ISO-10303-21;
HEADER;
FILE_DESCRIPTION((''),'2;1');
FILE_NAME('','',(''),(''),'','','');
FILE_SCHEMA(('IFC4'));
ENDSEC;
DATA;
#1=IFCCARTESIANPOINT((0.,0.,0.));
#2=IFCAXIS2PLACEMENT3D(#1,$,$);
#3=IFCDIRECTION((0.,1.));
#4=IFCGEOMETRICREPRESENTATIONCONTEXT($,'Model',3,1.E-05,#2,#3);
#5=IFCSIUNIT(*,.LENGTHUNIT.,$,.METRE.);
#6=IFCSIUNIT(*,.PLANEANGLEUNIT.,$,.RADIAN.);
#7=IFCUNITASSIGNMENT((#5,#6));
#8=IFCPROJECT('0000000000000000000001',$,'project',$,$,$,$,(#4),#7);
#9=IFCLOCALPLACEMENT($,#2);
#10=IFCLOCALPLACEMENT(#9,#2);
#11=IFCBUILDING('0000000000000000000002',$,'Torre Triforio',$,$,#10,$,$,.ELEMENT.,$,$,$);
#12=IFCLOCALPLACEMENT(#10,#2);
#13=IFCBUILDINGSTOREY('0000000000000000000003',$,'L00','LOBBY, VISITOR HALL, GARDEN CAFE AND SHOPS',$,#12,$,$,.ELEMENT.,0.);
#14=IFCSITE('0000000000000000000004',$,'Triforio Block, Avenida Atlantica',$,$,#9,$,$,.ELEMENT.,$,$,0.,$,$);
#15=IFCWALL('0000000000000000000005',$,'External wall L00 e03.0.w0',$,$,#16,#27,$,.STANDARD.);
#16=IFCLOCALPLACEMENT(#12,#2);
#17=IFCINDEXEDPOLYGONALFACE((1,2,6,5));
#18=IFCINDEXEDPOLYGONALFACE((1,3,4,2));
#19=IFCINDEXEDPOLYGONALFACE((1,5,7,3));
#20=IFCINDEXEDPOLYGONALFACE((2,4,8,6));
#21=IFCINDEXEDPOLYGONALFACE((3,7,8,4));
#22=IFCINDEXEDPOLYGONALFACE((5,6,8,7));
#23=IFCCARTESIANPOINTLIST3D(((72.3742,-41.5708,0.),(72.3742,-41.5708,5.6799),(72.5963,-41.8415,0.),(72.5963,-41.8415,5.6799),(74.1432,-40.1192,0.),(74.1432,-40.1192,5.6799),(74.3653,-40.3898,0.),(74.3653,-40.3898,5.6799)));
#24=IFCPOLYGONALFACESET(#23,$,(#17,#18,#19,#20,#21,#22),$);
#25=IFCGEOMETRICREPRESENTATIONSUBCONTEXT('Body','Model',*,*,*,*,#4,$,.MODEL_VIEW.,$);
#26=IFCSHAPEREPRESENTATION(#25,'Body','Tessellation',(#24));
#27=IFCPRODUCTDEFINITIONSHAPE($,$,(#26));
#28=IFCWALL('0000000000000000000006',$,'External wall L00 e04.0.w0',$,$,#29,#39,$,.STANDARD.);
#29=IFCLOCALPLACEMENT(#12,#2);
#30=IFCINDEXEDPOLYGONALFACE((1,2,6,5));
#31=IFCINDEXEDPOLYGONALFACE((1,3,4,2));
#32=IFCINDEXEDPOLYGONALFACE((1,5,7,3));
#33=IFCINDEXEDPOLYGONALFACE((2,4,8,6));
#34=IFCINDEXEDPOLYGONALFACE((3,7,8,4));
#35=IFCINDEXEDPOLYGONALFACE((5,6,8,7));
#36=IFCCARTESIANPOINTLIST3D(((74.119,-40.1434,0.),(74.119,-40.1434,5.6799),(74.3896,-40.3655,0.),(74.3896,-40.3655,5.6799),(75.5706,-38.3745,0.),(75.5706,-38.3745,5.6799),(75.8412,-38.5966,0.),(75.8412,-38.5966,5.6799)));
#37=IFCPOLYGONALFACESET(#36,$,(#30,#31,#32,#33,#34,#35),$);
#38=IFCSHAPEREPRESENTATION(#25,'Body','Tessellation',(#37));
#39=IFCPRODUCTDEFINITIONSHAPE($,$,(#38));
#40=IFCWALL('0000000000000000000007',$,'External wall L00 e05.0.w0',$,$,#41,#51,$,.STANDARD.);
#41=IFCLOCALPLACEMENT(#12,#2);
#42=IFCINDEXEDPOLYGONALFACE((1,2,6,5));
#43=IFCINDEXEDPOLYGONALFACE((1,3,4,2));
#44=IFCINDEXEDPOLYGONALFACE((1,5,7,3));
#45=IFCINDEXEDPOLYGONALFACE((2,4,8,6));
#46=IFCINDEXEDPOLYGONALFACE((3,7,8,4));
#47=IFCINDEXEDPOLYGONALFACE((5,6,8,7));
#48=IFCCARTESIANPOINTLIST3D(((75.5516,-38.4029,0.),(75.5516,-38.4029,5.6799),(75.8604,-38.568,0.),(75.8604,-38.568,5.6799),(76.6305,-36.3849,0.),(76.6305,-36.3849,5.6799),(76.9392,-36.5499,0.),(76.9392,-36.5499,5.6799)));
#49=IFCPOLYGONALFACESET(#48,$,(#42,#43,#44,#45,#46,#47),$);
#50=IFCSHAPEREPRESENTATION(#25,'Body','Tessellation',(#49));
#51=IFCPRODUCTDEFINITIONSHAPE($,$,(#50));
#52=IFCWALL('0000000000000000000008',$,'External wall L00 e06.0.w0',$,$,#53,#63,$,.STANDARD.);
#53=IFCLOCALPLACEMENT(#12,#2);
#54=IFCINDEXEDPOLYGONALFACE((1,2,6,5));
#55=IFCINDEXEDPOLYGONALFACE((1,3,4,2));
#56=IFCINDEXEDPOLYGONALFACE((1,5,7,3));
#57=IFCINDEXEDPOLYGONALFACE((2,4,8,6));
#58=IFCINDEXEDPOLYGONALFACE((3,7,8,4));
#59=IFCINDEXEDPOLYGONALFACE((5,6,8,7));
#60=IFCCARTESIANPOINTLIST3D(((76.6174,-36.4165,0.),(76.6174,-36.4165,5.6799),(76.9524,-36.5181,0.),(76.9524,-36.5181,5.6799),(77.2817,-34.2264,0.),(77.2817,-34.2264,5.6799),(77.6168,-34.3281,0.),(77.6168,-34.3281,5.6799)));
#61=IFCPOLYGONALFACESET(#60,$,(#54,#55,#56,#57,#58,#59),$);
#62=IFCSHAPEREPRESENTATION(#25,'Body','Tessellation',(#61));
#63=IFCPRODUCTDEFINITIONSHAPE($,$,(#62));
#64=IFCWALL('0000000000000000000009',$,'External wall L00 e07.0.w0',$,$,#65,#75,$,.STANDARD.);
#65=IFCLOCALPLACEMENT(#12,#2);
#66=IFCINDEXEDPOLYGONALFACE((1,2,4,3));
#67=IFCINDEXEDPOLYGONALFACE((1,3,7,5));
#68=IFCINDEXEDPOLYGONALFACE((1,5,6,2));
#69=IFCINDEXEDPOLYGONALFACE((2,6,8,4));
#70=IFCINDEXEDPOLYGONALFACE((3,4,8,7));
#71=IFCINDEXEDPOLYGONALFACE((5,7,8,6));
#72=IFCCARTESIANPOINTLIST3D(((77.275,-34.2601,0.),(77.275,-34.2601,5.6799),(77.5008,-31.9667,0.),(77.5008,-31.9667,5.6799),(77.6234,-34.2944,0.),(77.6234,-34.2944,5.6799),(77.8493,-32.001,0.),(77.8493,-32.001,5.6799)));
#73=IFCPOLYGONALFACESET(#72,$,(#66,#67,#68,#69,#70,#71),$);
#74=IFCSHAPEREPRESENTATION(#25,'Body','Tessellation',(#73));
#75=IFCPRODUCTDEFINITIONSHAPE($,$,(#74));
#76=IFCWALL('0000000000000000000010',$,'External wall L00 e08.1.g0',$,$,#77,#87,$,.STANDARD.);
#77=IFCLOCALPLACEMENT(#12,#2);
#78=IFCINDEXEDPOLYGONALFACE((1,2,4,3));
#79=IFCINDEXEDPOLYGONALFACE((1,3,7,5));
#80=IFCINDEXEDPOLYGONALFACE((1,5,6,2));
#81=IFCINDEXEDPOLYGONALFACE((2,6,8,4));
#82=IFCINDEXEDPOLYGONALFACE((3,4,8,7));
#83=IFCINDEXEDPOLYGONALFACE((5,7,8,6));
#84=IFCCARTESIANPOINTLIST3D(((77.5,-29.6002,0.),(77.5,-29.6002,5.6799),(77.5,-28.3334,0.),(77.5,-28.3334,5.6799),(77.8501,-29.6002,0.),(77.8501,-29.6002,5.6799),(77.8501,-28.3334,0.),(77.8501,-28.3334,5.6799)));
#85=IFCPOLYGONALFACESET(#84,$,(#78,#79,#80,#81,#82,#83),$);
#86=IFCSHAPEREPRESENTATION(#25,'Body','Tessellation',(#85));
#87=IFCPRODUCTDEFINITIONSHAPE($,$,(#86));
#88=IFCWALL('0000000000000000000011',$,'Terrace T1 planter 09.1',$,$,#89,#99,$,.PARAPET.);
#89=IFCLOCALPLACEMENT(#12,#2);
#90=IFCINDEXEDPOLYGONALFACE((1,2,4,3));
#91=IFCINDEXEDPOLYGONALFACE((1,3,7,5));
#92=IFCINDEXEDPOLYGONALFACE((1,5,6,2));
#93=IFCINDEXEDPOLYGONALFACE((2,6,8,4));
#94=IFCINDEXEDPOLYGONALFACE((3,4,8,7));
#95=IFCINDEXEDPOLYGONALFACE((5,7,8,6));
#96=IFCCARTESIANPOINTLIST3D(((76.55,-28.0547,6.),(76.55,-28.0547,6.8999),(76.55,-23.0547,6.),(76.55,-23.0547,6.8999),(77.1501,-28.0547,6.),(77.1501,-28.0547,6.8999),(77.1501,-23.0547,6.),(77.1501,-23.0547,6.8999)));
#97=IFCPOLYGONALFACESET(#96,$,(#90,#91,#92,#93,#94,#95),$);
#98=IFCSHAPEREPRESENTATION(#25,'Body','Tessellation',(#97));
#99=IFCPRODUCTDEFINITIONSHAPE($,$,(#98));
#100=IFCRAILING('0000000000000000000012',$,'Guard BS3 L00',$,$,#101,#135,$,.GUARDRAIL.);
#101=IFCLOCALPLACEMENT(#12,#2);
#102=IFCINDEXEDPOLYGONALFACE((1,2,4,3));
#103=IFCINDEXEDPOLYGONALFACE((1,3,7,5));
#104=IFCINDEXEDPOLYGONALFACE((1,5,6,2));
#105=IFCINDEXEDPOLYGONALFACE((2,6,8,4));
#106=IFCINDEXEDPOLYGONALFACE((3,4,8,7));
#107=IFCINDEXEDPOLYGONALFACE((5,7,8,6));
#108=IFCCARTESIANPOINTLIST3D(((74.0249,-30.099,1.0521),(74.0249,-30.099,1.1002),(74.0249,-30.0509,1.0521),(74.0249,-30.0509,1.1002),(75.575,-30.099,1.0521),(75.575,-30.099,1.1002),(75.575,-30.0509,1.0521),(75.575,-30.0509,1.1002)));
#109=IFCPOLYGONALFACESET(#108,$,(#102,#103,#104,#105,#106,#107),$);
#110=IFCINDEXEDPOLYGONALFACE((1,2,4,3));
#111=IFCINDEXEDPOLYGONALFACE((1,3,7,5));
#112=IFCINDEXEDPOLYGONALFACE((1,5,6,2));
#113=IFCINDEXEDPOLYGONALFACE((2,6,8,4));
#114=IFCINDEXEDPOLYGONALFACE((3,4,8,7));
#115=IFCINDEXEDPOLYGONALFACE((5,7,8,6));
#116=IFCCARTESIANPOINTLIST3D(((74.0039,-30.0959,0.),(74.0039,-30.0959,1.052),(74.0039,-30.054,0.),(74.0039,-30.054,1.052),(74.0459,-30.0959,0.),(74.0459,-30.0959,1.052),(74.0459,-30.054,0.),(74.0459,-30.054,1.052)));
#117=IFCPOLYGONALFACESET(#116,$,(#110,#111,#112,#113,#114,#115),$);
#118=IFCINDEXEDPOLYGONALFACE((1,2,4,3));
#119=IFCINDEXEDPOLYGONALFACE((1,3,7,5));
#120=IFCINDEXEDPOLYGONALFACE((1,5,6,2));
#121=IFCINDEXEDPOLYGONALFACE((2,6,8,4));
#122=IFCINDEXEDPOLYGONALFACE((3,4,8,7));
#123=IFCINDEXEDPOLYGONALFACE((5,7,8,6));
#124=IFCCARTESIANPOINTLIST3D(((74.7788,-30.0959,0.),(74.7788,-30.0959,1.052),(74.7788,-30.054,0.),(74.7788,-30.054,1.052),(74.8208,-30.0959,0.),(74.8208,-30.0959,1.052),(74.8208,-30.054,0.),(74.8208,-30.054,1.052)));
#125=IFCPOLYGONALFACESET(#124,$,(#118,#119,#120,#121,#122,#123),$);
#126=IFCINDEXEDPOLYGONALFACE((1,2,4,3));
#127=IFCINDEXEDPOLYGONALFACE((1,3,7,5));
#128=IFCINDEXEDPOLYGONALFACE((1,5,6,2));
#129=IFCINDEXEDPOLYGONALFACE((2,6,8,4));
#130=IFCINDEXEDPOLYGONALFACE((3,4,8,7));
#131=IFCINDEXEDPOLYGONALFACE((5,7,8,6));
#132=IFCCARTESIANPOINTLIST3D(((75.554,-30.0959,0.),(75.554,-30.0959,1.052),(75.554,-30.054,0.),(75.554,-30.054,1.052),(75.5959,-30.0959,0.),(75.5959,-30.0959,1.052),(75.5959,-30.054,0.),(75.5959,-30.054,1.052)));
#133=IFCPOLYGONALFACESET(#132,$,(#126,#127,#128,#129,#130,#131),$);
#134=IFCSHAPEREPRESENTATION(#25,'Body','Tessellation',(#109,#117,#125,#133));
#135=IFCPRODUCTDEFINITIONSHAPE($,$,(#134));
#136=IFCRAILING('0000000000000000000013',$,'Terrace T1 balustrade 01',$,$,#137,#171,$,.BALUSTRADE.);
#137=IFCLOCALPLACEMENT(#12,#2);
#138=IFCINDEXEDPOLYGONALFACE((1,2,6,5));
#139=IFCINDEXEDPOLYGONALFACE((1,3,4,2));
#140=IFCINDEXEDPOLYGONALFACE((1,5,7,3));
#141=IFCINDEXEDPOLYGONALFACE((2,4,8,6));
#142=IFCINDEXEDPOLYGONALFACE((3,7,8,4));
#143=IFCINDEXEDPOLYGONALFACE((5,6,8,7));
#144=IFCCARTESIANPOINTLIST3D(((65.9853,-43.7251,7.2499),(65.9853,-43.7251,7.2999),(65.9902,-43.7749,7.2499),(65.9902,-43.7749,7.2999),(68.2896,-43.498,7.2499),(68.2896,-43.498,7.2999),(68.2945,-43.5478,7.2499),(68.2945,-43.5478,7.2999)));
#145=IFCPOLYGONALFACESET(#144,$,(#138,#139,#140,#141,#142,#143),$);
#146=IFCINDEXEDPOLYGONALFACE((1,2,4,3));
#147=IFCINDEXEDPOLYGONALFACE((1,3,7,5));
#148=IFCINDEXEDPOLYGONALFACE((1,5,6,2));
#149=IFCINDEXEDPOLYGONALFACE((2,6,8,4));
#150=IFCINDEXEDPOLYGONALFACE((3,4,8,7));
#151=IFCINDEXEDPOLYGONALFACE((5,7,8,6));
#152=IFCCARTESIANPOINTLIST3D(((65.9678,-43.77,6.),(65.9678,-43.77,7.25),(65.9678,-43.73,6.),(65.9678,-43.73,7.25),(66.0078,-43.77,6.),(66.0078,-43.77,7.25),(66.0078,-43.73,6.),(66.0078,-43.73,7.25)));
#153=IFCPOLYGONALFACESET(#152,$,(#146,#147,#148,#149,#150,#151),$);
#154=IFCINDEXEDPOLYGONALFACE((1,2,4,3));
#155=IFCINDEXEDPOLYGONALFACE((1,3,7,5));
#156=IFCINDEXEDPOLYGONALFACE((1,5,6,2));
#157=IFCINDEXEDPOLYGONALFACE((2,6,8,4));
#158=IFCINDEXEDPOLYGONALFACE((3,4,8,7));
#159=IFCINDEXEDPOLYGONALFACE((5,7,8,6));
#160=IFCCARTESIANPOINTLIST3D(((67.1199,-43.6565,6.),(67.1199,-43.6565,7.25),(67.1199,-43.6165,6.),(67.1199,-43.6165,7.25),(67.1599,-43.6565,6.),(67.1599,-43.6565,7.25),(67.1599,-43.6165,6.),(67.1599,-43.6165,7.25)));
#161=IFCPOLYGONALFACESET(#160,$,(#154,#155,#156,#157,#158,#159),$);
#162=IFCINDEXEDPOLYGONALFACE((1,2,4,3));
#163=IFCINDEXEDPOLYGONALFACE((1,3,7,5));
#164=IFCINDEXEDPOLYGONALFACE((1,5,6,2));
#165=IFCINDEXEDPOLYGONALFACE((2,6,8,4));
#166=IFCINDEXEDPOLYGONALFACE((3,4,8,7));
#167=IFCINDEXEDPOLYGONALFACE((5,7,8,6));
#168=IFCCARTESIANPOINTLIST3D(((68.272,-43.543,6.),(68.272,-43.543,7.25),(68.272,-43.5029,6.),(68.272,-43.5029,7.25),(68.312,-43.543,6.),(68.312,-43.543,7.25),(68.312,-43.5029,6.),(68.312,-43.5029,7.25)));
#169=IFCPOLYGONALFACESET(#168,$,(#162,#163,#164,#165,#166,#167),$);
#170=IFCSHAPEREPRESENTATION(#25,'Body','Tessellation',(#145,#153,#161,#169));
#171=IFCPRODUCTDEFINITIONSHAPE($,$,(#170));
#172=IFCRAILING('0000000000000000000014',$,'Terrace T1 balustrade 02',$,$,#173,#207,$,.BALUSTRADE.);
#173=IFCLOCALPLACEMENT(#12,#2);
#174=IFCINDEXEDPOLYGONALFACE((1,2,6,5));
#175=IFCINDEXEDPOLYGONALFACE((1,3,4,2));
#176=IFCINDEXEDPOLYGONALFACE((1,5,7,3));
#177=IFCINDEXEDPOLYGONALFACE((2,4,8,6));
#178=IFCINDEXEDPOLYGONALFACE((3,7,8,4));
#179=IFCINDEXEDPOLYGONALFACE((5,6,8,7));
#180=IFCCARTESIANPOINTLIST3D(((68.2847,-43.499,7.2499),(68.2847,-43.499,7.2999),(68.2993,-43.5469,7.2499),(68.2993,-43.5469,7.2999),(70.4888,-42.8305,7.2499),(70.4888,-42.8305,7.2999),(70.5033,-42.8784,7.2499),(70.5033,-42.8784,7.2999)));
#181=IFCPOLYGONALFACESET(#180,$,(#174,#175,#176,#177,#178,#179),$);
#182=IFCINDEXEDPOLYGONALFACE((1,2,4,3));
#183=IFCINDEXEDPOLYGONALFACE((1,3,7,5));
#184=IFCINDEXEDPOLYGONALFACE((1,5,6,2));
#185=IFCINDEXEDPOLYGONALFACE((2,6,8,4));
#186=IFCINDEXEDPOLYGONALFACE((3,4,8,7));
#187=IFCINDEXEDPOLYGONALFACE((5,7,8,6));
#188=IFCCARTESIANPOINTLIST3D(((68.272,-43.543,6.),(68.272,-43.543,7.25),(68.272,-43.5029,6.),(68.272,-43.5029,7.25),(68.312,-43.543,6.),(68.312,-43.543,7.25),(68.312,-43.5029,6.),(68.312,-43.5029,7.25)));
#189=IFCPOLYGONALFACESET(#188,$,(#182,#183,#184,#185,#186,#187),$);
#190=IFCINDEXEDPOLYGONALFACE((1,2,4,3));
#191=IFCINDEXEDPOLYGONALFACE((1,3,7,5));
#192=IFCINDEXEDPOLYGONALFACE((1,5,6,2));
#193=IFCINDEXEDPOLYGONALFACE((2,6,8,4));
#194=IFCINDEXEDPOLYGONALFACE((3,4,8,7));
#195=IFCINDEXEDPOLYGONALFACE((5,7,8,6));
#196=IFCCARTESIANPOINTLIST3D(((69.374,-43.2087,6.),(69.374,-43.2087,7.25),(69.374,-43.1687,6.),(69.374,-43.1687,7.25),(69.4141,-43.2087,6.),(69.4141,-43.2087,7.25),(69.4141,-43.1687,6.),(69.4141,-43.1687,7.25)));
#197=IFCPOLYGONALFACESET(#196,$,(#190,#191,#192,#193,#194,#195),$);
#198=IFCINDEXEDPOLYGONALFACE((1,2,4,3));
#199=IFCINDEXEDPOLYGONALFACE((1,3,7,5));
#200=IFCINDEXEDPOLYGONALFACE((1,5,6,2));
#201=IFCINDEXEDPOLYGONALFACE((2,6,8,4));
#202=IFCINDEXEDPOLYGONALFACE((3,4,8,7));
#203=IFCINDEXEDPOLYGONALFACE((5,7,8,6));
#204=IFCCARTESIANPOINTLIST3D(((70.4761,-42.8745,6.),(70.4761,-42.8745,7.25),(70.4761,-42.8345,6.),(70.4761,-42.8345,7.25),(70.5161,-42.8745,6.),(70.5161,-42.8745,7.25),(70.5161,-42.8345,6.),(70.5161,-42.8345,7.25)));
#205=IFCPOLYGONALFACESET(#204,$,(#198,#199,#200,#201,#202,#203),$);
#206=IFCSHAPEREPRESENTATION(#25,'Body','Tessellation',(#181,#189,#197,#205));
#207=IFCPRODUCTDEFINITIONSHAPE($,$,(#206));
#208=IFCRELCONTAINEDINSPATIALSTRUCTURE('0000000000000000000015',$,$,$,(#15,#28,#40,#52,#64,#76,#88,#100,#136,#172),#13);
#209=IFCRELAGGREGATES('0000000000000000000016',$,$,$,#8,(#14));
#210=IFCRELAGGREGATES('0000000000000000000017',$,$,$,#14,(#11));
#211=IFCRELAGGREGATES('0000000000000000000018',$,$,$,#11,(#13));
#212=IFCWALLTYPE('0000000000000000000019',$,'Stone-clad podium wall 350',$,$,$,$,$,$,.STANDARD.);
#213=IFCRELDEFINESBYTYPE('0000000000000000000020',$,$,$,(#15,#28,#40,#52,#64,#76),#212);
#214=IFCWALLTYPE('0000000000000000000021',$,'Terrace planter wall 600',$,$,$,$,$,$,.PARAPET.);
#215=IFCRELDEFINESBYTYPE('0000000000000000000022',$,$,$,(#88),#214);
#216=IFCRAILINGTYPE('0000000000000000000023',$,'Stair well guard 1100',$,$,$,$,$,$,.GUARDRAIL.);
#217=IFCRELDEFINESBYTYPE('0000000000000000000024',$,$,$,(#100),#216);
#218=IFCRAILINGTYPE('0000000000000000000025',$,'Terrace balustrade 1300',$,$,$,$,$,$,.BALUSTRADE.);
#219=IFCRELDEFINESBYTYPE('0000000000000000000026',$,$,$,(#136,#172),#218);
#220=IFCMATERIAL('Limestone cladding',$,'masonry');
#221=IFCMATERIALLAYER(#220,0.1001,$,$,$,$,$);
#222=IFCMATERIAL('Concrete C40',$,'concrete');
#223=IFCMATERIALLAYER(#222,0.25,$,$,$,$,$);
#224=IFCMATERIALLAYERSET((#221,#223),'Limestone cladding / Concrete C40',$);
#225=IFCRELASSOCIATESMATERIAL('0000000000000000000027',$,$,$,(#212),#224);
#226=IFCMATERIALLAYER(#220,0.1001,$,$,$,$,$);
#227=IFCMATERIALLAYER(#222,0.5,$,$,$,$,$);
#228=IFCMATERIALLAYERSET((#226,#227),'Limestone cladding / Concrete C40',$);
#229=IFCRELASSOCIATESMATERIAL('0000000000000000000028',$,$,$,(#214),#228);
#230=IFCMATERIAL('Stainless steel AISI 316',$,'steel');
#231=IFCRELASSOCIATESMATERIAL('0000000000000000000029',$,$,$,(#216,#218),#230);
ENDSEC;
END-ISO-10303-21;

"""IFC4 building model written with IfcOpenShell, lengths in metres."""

from ifc_helpers import new_model, si_unit, direction, frame, frame_2d, origin, origin_2d, place, context, subcontext, project, spatial, rectangle, extrude, material, layer, layer_set, type_object, element, save


model = new_model("IFC4")

# Units and contexts
model_context = context("Model", 3, precision=1e-05, world=origin(), true_north=direction((0.0, 1.0)))
body_context = subcontext(model_context, "Body", "Model", "MODEL_VIEW")
ifc_project = project(units=[si_unit("LENGTHUNIT", "METRE"), si_unit("PLANEANGLEUNIT", "RADIAN")], contexts=[model_context])

# Site, building, storey
site_placement = place(None, origin())
site = spatial("IfcSite", under=ifc_project, at=site_placement, Name="Triforio Block, Avenida Atlantica", CompositionType="ELEMENT", RefElevation=0.0)
building_placement = place(site_placement, origin())
building = spatial("IfcBuilding", under=site, at=building_placement, Name="Torre Triforio", CompositionType="ELEMENT")
storey_placement = place(building_placement, origin())
storey = spatial("IfcBuildingStorey", under=building, at=storey_placement, Name="L00", Description="LOBBY, VISITOR HALL, GARDEN CAFE AND SHOPS", CompositionType="ELEMENT", Elevation=0.0)

# Walls
ifc_material_1 = material(Name="Concrete C40", Category="concrete")
ifc_material_2 = material(Name="Limestone cladding", Category="masonry")
ifc_layer_1 = layer(ifc_material_2, 0.1001)
ifc_layer_2 = layer(ifc_material_1, 0.25)
ifc_layer_set_1 = layer_set([ifc_layer_1, ifc_layer_2], Name="Limestone cladding / Concrete C40")
wall_type_1 = type_object("IfcWallType", Name="Stone-clad podium wall 350", PredefinedType="STANDARD", material=ifc_layer_set_1)
for number, where, z_axis, x_axis, name in (
    (1, (72.4854, -41.7061, 0.0), (0.0, 0.0, 1.0), (0.773044, 0.634353, 0.0), "External wall L00 e03.0.w0"),
    (2, (74.2544, -40.2544, 0.0), (0.0, 0.0, 1.0), (0.634353, 0.773044, 0.0), "External wall L00 e04.0.w0"),
    (3, (75.7061, -38.4854, 0.0), (0.0, 0.0, 1.0), (0.471457, 0.881889, 0.0), "External wall L00 e05.0.w0"),
):
    element("IfcWall", number, at=place(storey_placement, frame(where, z_axis=z_axis, x_axis=x_axis)), inside=storey, type_object=wall_type_1, Name=name, PredefinedType="STANDARD", context=body_context, shape_type="SweptSolid", body=[
        extrude(rectangle(XDim=2.2883, YDim=0.3501, at=frame_2d((1.144, 0.0))), origin(), (0.0, 0.0, 1.0), 5.6799),
    ])
wall_1_placement = place(storey_placement, frame((76.7849, -36.4673, 0.0), z_axis=(0.0, 0.0, 1.0), x_axis=(0.290283, 0.956941, 0.0)))
element("IfcWall", 4, at=wall_1_placement, inside=storey, type_object=wall_type_1, Name="External wall L00 e06.0.w0", PredefinedType="STANDARD", context=body_context, shape_type="SweptSolid", body=[
    extrude(rectangle(XDim=2.2886, YDim=0.3501, at=frame_2d((1.1443, 0.0))), origin(), (0.0, 0.0, 1.0), 5.6799),
])
wall_2_placement = place(storey_placement, frame((77.4492, -34.2773, 0.0), z_axis=(0.0, 0.0, 1.0), x_axis=(0.097993, 0.995187, 0.0)))
element("IfcWall", 5, at=wall_2_placement, inside=storey, type_object=wall_type_1, Name="External wall L00 e07.0.w0", PredefinedType="STANDARD", context=body_context, shape_type="SweptSolid", body=[
    extrude(rectangle(XDim=2.3044, YDim=0.3501, at=frame_2d((1.1523, 0.0))), origin(), (0.0, 0.0, 1.0), 5.6799),
])

# Walls
wall_3_placement = place(storey_placement, frame((77.675, -29.6001, 0.0), z_axis=(0.0, 0.0, 1.0), x_axis=(0.0, 1.0, 0.0)))
element("IfcWall", 6, at=wall_3_placement, inside=storey, type_object=wall_type_1, Name="External wall L00 e08.1.g0", PredefinedType="STANDARD", context=body_context, shape_type="SweptSolid", body=[
    extrude(rectangle(XDim=1.2668, YDim=0.3501, at=frame_2d((0.6333, 0.0))), origin(), (0.0, 0.0, 1.0), 5.6799),
])
ifc_layer_3 = layer(ifc_material_2, 0.1001)
ifc_layer_4 = layer(ifc_material_1, 0.5)
ifc_layer_set_2 = layer_set([ifc_layer_3, ifc_layer_4], Name="Limestone cladding / Concrete C40")
wall_type_2 = type_object("IfcWallType", Name="Terrace planter wall 600", PredefinedType="PARAPET", material=ifc_layer_set_2)
wall_4_placement = place(storey_placement, frame((76.8501, -28.0547, 6.0), z_axis=(0.0, 0.0, 1.0), x_axis=(0.0, 1.0, 0.0)))
element("IfcWall", 7, at=wall_4_placement, inside=storey, type_object=wall_type_2, Name="Terrace T1 planter 09.1", PredefinedType="PARAPET", context=body_context, shape_type="SweptSolid", body=[
    extrude(rectangle(XDim=5.0, YDim=0.6001, at=frame_2d((2.5, 0.0))), origin(), (0.0, 0.0, 1.0), 0.8999),
])

# Railings
ifc_material_3 = material(Name="Stainless steel AISI 316", Category="steel")
railing_type_1 = type_object("IfcRailingType", Name="Stair well guard 1100", PredefinedType="GUARDRAIL", material=ifc_material_3)
railing_1_placement = place(storey_placement, frame((74.0249, -30.075, 0.0)))
element("IfcRailing", 8, at=railing_1_placement, inside=storey, type_object=railing_type_1, Name="Guard BS3 L00", PredefinedType="GUARDRAIL", context=body_context, shape_type="SweptSolid", body=[
    extrude(rectangle(XDim=0.0481, YDim=0.0481, at=origin_2d()), frame((0.0, 0.0, 1.0762), z_axis=(1.0, 0.0, 0.0), x_axis=(0.0, 1.0, 0.0)), (0.0, 0.0, 1.0), 1.55),
    extrude(rectangle(XDim=0.042, YDim=0.042, at=origin_2d()), origin(), (0.0, 0.0, 1.0), 1.052),
    extrude(rectangle(XDim=0.042, YDim=0.042, at=origin_2d()), frame((0.7749, 0.0, 0.0)), (0.0, 0.0, 1.0), 1.052),
    extrude(rectangle(XDim=0.042, YDim=0.042, at=origin_2d()), frame((1.55, 0.0, 0.0)), (0.0, 0.0, 1.0), 1.052),
])
railing_type_2 = type_object("IfcRailingType", Name="Terrace balustrade 1300", PredefinedType="BALUSTRADE", material=ifc_material_3)
railing_2_placement = place(storey_placement, frame((65.9878, -43.75, 6.0)))
element("IfcRailing", 9, at=railing_2_placement, inside=storey, type_object=railing_type_2, Name="Terrace T1 balustrade 01", PredefinedType="BALUSTRADE", context=body_context, shape_type="SweptSolid", body=[
    extrude(rectangle(XDim=0.05, YDim=0.05, at=origin_2d()), frame((0.0, 0.0, 1.2749), z_axis=(0.99518, 0.098063, 0.0), x_axis=(-0.098063, 0.99518, 0.0)), (0.0, 0.0, 1.0), 2.3154),
    extrude(rectangle(XDim=0.04, YDim=0.04, at=origin_2d()), origin(), (0.0, 0.0, 1.0), 1.25),
    extrude(rectangle(XDim=0.04, YDim=0.04, at=origin_2d()), frame((1.1521, 0.1135, 0.0)), (0.0, 0.0, 1.0), 1.25),
    extrude(rectangle(XDim=0.04, YDim=0.04, at=origin_2d()), frame((2.3042, 0.2271, 0.0)), (0.0, 0.0, 1.0), 1.25),
])
railing_3_placement = place(storey_placement, frame((68.292, -43.5229, 6.0)))
element("IfcRailing", 10, at=railing_3_placement, inside=storey, type_object=railing_type_2, Name="Terrace T1 balustrade 02", PredefinedType="BALUSTRADE", context=body_context, shape_type="SweptSolid", body=[
    extrude(rectangle(XDim=0.05, YDim=0.05, at=origin_2d()), frame((0.0, 0.0, 1.2749), z_axis=(0.956958, 0.290225, 0.0), x_axis=(-0.290225, 0.956958, 0.0)), (0.0, 0.0, 1.0), 2.3032),
    extrude(rectangle(XDim=0.04, YDim=0.04, at=origin_2d()), origin(), (0.0, 0.0, 1.0), 1.25),
    extrude(rectangle(XDim=0.04, YDim=0.04, at=origin_2d()), frame((1.1021, 0.3342, 0.0)), (0.0, 0.0, 1.0), 1.25),
    extrude(rectangle(XDim=0.04, YDim=0.04, at=origin_2d()), frame((2.2041, 0.6685, 0.0)), (0.0, 0.0, 1.0), 1.25),
])

save(model, "model.ifc")
